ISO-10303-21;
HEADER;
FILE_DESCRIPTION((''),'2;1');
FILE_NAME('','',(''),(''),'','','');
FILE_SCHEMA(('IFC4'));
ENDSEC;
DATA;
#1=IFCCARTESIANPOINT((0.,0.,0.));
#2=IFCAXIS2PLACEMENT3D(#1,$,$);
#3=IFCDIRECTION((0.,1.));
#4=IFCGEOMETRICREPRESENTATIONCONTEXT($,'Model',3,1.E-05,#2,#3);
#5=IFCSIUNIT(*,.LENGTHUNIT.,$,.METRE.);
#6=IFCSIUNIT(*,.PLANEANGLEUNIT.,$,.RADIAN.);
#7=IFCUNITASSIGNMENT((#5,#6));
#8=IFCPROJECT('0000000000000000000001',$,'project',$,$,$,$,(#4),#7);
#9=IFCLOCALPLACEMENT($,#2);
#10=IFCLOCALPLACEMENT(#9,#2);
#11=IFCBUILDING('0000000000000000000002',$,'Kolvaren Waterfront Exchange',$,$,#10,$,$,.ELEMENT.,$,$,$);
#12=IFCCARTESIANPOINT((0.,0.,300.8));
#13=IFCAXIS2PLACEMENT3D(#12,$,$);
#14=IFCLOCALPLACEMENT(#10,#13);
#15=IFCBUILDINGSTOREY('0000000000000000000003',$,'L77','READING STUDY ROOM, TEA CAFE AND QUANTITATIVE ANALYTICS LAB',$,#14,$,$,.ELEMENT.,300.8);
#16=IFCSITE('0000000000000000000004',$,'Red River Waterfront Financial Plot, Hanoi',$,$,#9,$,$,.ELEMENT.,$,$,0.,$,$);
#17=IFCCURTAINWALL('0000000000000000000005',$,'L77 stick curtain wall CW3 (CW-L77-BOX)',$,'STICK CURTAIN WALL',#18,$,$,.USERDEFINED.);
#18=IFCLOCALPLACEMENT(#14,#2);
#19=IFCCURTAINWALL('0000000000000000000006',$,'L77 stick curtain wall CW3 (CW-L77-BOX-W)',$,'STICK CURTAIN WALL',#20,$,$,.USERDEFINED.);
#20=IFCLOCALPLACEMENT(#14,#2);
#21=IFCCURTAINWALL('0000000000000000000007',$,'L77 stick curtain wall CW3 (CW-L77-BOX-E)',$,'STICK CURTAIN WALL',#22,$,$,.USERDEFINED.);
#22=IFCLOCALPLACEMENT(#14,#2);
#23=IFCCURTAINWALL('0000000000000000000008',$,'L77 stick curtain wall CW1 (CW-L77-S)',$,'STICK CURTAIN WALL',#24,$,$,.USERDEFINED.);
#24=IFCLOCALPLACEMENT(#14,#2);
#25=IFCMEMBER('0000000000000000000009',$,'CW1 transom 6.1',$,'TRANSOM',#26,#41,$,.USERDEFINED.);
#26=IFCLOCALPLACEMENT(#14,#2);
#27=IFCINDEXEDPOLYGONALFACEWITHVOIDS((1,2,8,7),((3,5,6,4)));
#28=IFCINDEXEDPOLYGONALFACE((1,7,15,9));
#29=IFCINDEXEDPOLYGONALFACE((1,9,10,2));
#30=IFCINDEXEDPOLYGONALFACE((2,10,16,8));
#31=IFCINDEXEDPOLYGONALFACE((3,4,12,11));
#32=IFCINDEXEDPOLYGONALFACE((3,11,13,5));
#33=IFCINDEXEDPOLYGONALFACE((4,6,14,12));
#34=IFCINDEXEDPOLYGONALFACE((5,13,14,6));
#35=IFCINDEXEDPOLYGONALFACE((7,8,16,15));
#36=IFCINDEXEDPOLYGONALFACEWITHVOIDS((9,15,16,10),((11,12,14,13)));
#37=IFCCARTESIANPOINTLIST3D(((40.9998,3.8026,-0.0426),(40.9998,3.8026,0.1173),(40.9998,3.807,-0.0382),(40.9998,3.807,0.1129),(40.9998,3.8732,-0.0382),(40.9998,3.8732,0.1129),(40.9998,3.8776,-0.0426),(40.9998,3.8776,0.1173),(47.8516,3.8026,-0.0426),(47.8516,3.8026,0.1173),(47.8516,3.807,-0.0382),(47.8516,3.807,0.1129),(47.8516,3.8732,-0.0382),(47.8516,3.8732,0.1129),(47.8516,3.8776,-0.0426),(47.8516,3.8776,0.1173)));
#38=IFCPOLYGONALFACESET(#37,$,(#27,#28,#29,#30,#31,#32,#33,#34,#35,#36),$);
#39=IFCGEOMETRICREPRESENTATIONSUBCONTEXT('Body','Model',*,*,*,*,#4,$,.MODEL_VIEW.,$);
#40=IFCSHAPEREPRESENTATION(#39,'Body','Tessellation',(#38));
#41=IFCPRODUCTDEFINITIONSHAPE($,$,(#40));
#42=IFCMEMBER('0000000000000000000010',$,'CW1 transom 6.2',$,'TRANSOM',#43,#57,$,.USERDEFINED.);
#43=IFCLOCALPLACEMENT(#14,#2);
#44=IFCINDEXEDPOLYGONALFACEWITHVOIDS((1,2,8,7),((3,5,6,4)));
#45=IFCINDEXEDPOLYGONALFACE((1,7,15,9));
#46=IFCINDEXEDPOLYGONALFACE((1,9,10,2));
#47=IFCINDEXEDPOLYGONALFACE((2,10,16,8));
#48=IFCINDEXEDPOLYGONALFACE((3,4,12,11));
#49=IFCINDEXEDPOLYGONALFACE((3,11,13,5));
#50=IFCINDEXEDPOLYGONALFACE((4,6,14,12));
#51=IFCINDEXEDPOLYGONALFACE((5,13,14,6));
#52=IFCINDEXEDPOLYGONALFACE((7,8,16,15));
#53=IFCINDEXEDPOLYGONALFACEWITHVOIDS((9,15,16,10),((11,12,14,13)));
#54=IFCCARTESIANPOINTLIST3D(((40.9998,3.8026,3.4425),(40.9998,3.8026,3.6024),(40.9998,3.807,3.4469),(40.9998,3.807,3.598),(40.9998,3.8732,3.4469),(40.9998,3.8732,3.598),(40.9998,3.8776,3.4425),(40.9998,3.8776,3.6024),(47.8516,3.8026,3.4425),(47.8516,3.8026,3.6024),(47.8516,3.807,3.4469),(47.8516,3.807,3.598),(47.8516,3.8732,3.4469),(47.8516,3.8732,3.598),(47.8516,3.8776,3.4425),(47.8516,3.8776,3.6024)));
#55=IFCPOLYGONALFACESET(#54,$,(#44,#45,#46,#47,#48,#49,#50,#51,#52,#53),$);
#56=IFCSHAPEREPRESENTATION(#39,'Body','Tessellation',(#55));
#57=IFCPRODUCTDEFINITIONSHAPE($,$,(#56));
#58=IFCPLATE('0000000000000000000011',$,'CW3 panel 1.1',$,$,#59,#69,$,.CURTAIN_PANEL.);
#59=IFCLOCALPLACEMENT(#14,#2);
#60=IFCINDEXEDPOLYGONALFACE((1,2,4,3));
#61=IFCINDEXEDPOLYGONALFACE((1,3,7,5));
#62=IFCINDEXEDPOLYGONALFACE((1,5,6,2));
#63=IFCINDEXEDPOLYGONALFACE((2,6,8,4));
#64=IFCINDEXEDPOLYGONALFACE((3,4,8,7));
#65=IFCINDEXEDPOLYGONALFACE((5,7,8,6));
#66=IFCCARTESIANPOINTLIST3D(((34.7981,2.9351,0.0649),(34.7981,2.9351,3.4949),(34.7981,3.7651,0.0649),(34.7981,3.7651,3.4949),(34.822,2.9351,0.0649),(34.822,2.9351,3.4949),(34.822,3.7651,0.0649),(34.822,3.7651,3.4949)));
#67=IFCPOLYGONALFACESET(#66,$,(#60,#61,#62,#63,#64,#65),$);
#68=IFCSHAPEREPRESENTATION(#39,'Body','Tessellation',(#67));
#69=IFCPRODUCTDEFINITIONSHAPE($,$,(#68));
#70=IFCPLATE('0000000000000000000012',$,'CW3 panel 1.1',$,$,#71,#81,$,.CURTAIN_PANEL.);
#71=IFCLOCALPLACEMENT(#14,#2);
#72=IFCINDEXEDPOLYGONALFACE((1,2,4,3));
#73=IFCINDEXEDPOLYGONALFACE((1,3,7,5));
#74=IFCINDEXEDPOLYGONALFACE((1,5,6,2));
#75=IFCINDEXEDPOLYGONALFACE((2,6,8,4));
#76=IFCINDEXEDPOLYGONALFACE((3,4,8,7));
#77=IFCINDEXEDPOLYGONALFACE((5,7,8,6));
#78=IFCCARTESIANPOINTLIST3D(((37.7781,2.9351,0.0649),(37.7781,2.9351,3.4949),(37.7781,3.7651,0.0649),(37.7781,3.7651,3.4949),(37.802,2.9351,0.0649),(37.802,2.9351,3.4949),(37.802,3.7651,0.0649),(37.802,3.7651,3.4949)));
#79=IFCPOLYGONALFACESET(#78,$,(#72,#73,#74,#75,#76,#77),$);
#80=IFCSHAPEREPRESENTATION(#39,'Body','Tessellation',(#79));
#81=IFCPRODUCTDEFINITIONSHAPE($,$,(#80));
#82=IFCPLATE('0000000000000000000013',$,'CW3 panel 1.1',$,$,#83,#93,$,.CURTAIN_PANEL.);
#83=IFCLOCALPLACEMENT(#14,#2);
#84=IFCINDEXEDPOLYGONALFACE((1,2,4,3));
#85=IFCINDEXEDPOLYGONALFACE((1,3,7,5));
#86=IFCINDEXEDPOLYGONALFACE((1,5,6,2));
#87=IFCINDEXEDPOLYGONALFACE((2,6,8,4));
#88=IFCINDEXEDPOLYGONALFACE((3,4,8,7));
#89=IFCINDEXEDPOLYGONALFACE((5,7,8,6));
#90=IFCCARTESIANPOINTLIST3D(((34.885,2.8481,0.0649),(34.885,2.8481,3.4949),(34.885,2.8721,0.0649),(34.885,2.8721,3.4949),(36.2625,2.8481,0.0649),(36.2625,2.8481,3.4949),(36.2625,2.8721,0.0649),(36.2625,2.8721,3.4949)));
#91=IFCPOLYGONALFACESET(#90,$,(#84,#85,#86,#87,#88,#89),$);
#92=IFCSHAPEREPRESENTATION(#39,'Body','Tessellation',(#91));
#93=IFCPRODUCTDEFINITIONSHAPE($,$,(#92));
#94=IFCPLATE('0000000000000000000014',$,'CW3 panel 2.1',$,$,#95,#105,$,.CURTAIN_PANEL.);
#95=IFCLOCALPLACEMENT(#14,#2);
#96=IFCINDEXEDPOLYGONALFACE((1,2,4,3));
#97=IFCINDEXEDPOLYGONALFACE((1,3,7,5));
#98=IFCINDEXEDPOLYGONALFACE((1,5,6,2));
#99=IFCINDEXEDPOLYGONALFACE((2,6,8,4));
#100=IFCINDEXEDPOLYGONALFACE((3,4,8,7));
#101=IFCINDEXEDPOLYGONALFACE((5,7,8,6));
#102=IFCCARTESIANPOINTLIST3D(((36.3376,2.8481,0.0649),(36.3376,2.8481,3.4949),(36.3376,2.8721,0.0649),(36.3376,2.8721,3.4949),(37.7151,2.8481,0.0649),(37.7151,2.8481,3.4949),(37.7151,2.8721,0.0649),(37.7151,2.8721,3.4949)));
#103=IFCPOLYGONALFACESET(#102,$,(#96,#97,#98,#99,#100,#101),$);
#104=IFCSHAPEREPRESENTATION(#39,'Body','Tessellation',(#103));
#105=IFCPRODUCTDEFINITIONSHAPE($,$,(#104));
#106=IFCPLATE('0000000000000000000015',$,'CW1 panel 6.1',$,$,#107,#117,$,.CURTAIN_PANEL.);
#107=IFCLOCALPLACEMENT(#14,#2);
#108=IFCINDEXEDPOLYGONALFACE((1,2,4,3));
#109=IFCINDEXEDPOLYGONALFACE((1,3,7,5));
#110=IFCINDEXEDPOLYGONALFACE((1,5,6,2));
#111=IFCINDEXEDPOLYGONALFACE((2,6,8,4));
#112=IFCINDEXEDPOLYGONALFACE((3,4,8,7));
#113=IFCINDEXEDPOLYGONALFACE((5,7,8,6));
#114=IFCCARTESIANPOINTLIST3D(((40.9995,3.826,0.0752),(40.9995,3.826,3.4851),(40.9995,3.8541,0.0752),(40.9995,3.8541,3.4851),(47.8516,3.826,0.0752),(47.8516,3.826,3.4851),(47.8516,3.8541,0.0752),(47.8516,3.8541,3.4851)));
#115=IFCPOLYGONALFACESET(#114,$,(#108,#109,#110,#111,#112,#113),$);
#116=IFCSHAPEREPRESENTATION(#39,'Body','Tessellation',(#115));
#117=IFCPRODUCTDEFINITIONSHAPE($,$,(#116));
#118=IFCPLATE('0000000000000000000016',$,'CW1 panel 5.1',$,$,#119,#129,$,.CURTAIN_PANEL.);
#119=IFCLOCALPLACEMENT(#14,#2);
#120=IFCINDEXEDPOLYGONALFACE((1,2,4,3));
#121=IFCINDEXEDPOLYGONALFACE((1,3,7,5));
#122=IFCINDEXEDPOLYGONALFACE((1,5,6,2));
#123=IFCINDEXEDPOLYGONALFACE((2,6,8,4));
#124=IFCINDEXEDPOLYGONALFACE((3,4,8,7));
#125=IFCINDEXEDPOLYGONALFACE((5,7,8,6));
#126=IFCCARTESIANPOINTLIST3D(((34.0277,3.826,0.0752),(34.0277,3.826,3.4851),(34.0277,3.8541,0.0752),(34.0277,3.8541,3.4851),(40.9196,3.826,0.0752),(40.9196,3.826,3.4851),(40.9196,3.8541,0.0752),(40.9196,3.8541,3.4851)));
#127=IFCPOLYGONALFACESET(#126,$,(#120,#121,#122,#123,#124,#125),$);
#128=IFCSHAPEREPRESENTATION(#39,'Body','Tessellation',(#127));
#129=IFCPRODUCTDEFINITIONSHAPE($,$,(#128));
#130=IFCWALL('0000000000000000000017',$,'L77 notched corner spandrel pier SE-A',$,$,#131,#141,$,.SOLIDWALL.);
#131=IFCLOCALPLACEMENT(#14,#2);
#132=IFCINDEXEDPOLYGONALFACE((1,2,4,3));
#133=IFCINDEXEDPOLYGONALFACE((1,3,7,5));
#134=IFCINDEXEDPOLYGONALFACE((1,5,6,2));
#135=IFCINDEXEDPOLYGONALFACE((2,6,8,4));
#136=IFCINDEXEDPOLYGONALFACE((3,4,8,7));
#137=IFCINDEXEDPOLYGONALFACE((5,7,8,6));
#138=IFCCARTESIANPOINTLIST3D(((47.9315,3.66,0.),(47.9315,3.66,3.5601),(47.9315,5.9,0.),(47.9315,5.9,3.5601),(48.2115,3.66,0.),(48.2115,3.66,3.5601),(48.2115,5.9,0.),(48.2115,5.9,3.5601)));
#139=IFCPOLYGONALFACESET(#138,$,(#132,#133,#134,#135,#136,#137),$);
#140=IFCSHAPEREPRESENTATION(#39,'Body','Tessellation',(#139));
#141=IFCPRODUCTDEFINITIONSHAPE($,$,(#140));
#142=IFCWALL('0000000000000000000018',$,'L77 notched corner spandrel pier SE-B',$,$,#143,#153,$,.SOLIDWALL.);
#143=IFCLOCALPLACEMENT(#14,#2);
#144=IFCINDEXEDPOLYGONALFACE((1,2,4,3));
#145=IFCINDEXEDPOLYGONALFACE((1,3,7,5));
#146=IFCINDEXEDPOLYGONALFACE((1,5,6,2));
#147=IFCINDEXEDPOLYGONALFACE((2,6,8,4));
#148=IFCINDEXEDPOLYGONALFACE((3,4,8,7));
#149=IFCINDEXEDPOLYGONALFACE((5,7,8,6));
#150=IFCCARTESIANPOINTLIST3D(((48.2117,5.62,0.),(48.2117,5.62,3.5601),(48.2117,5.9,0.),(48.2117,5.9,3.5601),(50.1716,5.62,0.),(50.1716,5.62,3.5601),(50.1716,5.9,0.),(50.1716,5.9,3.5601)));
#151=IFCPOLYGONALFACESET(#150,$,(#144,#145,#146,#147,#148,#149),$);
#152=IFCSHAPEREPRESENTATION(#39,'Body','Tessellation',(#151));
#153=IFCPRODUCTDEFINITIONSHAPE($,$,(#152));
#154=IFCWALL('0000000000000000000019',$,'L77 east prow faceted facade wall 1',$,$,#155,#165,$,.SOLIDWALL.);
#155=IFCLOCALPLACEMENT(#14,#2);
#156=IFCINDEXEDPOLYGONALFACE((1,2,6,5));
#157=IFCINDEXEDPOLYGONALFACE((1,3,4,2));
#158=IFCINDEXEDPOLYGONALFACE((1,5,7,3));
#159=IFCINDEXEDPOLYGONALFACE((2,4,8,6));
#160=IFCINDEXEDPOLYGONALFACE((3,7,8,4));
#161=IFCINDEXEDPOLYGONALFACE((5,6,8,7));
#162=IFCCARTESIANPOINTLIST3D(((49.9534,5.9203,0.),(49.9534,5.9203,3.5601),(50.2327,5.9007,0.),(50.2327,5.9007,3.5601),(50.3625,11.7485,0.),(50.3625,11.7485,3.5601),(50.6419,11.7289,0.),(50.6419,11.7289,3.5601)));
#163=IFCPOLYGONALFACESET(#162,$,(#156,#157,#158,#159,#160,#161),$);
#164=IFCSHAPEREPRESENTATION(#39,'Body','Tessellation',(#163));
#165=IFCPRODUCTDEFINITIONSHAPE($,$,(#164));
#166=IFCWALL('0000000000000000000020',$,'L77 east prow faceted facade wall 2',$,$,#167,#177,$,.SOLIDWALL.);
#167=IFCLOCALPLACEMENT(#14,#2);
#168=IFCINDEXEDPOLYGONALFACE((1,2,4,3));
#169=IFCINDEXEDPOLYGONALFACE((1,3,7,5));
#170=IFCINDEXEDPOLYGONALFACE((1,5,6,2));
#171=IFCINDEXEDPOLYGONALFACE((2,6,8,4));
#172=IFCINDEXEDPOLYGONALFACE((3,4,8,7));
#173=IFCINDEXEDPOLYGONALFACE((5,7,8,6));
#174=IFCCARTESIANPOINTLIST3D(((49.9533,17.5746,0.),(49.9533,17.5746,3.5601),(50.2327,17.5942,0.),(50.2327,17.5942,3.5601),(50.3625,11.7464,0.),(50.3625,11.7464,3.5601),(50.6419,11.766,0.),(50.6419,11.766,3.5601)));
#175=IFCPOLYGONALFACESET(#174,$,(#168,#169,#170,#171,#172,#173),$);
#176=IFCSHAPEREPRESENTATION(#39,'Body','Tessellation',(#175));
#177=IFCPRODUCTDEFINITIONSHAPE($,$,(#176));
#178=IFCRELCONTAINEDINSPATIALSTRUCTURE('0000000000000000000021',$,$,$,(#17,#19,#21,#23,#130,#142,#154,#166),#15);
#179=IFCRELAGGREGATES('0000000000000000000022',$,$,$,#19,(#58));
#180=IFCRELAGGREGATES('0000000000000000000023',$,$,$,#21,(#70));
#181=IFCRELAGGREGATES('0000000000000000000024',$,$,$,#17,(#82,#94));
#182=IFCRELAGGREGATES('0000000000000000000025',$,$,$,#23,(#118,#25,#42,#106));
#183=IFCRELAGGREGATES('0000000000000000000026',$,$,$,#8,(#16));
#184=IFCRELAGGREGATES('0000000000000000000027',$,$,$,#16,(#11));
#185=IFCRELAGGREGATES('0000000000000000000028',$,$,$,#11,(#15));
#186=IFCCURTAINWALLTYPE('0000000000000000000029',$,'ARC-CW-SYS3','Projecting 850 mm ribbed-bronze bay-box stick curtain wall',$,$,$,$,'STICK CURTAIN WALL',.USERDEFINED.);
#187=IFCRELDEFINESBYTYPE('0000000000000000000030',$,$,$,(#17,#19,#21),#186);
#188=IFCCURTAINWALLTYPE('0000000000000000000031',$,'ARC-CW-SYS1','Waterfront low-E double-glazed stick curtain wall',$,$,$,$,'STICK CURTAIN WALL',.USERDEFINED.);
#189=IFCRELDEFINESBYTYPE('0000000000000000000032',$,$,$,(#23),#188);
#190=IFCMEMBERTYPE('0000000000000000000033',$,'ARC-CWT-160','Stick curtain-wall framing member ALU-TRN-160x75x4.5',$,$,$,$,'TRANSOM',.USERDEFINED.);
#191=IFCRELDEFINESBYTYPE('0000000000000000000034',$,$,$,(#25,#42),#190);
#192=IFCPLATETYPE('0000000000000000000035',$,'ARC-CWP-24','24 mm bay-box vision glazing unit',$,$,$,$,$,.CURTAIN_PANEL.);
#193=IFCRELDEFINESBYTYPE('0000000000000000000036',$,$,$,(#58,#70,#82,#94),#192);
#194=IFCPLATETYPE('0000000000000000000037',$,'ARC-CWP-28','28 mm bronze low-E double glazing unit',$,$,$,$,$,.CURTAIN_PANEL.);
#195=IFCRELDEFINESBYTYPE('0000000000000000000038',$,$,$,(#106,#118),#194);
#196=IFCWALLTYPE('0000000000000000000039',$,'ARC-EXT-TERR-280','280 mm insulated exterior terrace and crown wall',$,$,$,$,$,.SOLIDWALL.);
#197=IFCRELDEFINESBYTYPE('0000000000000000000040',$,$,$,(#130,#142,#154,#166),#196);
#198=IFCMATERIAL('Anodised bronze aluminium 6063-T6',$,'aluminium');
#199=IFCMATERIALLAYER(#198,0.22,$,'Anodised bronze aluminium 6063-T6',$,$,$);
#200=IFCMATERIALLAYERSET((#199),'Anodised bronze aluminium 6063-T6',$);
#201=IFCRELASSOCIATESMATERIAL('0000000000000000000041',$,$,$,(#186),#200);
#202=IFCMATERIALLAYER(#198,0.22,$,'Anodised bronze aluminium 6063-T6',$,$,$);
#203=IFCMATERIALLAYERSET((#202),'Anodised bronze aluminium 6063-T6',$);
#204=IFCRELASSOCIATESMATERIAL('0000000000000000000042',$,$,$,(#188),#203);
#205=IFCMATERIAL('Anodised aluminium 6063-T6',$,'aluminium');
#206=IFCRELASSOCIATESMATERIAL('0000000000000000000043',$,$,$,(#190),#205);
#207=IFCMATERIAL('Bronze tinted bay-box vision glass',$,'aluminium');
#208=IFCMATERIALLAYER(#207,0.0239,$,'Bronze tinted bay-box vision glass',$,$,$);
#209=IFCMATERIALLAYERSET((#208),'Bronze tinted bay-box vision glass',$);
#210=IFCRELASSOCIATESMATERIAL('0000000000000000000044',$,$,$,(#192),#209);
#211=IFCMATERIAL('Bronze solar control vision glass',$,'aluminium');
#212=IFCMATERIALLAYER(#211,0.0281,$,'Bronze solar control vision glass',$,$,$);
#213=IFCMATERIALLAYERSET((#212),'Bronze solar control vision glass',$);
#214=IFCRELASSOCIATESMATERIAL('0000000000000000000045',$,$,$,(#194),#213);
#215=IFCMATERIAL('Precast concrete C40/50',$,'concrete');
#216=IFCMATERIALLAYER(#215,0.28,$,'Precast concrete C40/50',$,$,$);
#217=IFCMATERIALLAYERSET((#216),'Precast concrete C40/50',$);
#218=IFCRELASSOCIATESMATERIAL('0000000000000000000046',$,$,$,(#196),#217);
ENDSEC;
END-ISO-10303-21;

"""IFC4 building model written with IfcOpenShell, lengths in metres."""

from ifc_helpers import new_model, si_unit, direction, frame, frame_2d, origin, origin_with_axes, origin_2d, place, context, subcontext, project, spatial, rectangle, hollow_rectangle, extrude, source, transform, mapped, material, layer, layer_set, material_profile, profile_set, type_object, element, aggregate, save


model = new_model("IFC4")

# Units and contexts
model_context = context("Model", 3, precision=1e-05, world=origin(), true_north=direction((0.0, 1.0)))
body_context = subcontext(model_context, "Body", "Model", "MODEL_VIEW")
ifc_project = project(units=[si_unit("LENGTHUNIT", "METRE"), si_unit("PLANEANGLEUNIT", "RADIAN")], contexts=[model_context])

# Site, building, storey
site_placement = place(None, origin())
site = spatial("IfcSite", under=ifc_project, at=site_placement, Name="Red River Waterfront Financial Plot, Hanoi", CompositionType="ELEMENT", RefElevation=0.0)
building_placement = place(site_placement, origin())
building = spatial("IfcBuilding", under=site, at=building_placement, Name="Kolvaren Waterfront Exchange", CompositionType="ELEMENT")
storey_placement = place(building_placement, frame((0.0, 0.0, 300.8)))
storey = spatial("IfcBuildingStorey", under=building, at=storey_placement, Name="L77", Description="READING STUDY ROOM, TEA CAFE AND QUANTITATIVE ANALYTICS LAB", CompositionType="ELEMENT", Elevation=300.8)

# Curtain walls
ifc_material_1 = material(Name="Anodised bronze aluminium 6063-T6", Category="aluminium")
ifc_layer_1 = layer(ifc_material_1, 0.22, Name="Anodised bronze aluminium 6063-T6")
ifc_layer_set_1 = layer_set([ifc_layer_1], Name="Anodised bronze aluminium 6063-T6")
curtain_wall_type_1 = type_object("IfcCurtainWallType", Name="ARC-CW-SYS3", Description="Projecting 850 mm ribbed-bronze bay-box stick curtain wall", ElementType="STICK CURTAIN WALL", PredefinedType="USERDEFINED", material=ifc_layer_set_1)
curtain_wall_1_placement = place(storey_placement, origin())
curtain_wall_1 = element("IfcCurtainWall", 1, at=curtain_wall_1_placement, inside=storey, type_object=curtain_wall_type_1, Name="L77 stick curtain wall CW3 (CW-L77-BOX)", ObjectType="STICK CURTAIN WALL", PredefinedType="USERDEFINED")
curtain_wall_2_placement = place(storey_placement, origin())
curtain_wall_2 = element("IfcCurtainWall", 2, at=curtain_wall_2_placement, inside=storey, type_object=curtain_wall_type_1, Name="L77 stick curtain wall CW3 (CW-L77-BOX-W)", ObjectType="STICK CURTAIN WALL", PredefinedType="USERDEFINED")
curtain_wall_3_placement = place(storey_placement, origin())
curtain_wall_3 = element("IfcCurtainWall", 3, at=curtain_wall_3_placement, inside=storey, type_object=curtain_wall_type_1, Name="L77 stick curtain wall CW3 (CW-L77-BOX-E)", ObjectType="STICK CURTAIN WALL", PredefinedType="USERDEFINED")

# Curtain wall, members
ifc_layer_2 = layer(ifc_material_1, 0.22, Name="Anodised bronze aluminium 6063-T6")
ifc_layer_set_2 = layer_set([ifc_layer_2], Name="Anodised bronze aluminium 6063-T6")
curtain_wall_type_2 = type_object("IfcCurtainWallType", Name="ARC-CW-SYS1", Description="Waterfront low-E double-glazed stick curtain wall", ElementType="STICK CURTAIN WALL", PredefinedType="USERDEFINED", material=ifc_layer_set_2)
curtain_wall_4_placement = place(storey_placement, origin())
curtain_wall_4 = element("IfcCurtainWall", 4, at=curtain_wall_4_placement, inside=storey, type_object=curtain_wall_type_2, Name="L77 stick curtain wall CW1 (CW-L77-S)", ObjectType="STICK CURTAIN WALL", PredefinedType="USERDEFINED")
ifc_material_2 = material(Name="Anodised aluminium 6063-T6", Category="aluminium")
ifc_material_profile_1 = material_profile(ifc_material_2, hollow_rectangle(XDim=0.075, YDim=0.1599, WallThickness=0.0044, at=origin_2d()), Name="ALU-TRN-160x75x4.5")
ifc_profile_set_1 = profile_set([ifc_material_profile_1], Name="Anodised aluminium 6063-T6")
member_type_1 = type_object("IfcMemberType", Name="ARC-CWT-160", Description="Stick curtain-wall framing member ALU-TRN-160x75x4.5", ElementType="TRANSOM", PredefinedType="USERDEFINED", material=ifc_profile_set_1)
shared_shape_1 = source(origin_with_axes(), body_context, "Body", "SweptSolid", [
    extrude(hollow_rectangle(XDim=0.075, YDim=0.1599, WallThickness=0.0044, at=origin_2d()), origin(), (0.0, 0.0, 1.0), 6.8518),
])
member_1_placement = place(storey_placement, frame((40.9998, 3.8401, 0.0374), z_axis=(1.0, 0.0, 0.0), x_axis=(0.0, 1.0, 0.0)))
member_1 = element("IfcMember", 5, at=member_1_placement, type_object=member_type_1, Name="CW1 transom 6.1", ObjectType="TRANSOM", PredefinedType="USERDEFINED", context=body_context, shape_type="MappedRepresentation", body=[
    mapped(shared_shape_1, transform((0.0, 0.0, 0.0), x_axis=(1.0, 0.0, 0.0), y_axis=(0.0, 1.0, 0.0), z_axis=(0.0, 0.0, 1.0), scale=1.0)),
])
member_2_placement = place(storey_placement, frame((40.9998, 3.8401, 3.5225), z_axis=(1.0, 0.0, 0.0), x_axis=(0.0, 1.0, 0.0)))
member_2 = element("IfcMember", 6, at=member_2_placement, type_object=member_type_1, Name="CW1 transom 6.2", ObjectType="TRANSOM", PredefinedType="USERDEFINED", context=body_context, shape_type="MappedRepresentation", body=[
    mapped(shared_shape_1, transform((0.0, 0.0, 0.0), x_axis=(1.0, 0.0, 0.0), y_axis=(0.0, 1.0, 0.0), z_axis=(0.0, 0.0, 1.0), scale=1.0)),
])

# Plates
ifc_material_3 = material(Name="Bronze tinted bay-box vision glass", Category="aluminium")
ifc_layer_3 = layer(ifc_material_3, 0.0239, Name="Bronze tinted bay-box vision glass")
ifc_layer_set_3 = layer_set([ifc_layer_3], Name="Bronze tinted bay-box vision glass")
plate_type_1 = type_object("IfcPlateType", Name="ARC-CWP-24", Description="24 mm bay-box vision glazing unit", PredefinedType="CURTAIN_PANEL", material=ifc_layer_set_3)
shared_shape_2 = source(origin_with_axes(), body_context, "Body", "SweptSolid", [
    extrude(rectangle(XDim=0.8301, YDim=0.0239, at=origin_2d()), origin(), (0.0, 0.0, 1.0), 3.4299),
])
plate_1_placement = place(storey_placement, frame((34.8101, 3.3501, 0.0649), z_axis=(0.0, 0.0, 1.0), x_axis=(0.0, -1.0, 0.0)))
plate_1 = element("IfcPlate", 7, at=plate_1_placement, type_object=plate_type_1, Name="CW3 panel 1.1", PredefinedType="CURTAIN_PANEL", context=body_context, shape_type="MappedRepresentation", body=[
    mapped(shared_shape_2, transform((0.0, 0.0, 0.0), x_axis=(1.0, 0.0, 0.0), y_axis=(0.0, 1.0, 0.0), z_axis=(0.0, 0.0, 1.0), scale=1.0)),
])
aggregate(curtain_wall_2, [plate_1])
plate_2_placement = place(storey_placement, frame((37.79, 3.3501, 0.0649), z_axis=(0.0, 0.0, 1.0), x_axis=(0.0, 1.0, 0.0)))
plate_2 = element("IfcPlate", 8, at=plate_2_placement, type_object=plate_type_1, Name="CW3 panel 1.1", PredefinedType="CURTAIN_PANEL", context=body_context, shape_type="MappedRepresentation", body=[
    mapped(shared_shape_2, transform((0.0, 0.0, 0.0), x_axis=(1.0, 0.0, 0.0), y_axis=(0.0, 1.0, 0.0), z_axis=(0.0, 0.0, 1.0), scale=1.0)),
])
aggregate(curtain_wall_3, [plate_2])
shared_shape_3 = source(origin_with_axes(), body_context, "Body", "SweptSolid", [
    extrude(rectangle(XDim=1.3774, YDim=0.0239, at=origin_2d()), origin(), (0.0, 0.0, 1.0), 3.4299),
])
plate_3_placement = place(storey_placement, frame((35.5737, 2.8601, 0.0649), z_axis=(0.0, 0.0, 1.0), x_axis=(1.0, 0.0, 0.0)))
plate_3 = element("IfcPlate", 9, at=plate_3_placement, type_object=plate_type_1, Name="CW3 panel 1.1", PredefinedType="CURTAIN_PANEL", context=body_context, shape_type="MappedRepresentation", body=[
    mapped(shared_shape_3, transform((0.0, 0.0, 0.0), x_axis=(1.0, 0.0, 0.0), y_axis=(0.0, 1.0, 0.0), z_axis=(0.0, 0.0, 1.0), scale=1.0)),
])
plate_4_placement = place(storey_placement, frame((37.0264, 2.8601, 0.0649), z_axis=(0.0, 0.0, 1.0), x_axis=(1.0, 0.0, 0.0)))
plate_4 = element("IfcPlate", 10, at=plate_4_placement, type_object=plate_type_1, Name="CW3 panel 2.1", PredefinedType="CURTAIN_PANEL", context=body_context, shape_type="MappedRepresentation", body=[
    mapped(shared_shape_3, transform((0.0, 0.0, 0.0), x_axis=(1.0, 0.0, 0.0), y_axis=(0.0, 1.0, 0.0), z_axis=(0.0, 0.0, 1.0), scale=1.0)),
])
aggregate(curtain_wall_1, [plate_3, plate_4])
ifc_material_4 = material(Name="Bronze solar control vision glass", Category="aluminium")
ifc_layer_4 = layer(ifc_material_4, 0.0281, Name="Bronze solar control vision glass")
ifc_layer_set_4 = layer_set([ifc_layer_4], Name="Bronze solar control vision glass")
plate_type_2 = type_object("IfcPlateType", Name="ARC-CWP-28", Description="28 mm bronze low-E double glazing unit", PredefinedType="CURTAIN_PANEL", material=ifc_layer_set_4)
shared_shape_4 = source(origin_with_axes(), body_context, "Body", "SweptSolid", [
    extrude(rectangle(XDim=6.8521, YDim=0.0281, at=origin_2d()), origin(), (0.0, 0.0, 1.0), 3.4099),
])
plate_5_placement = place(storey_placement, frame((44.4255, 3.8401, 0.0752), z_axis=(0.0, 0.0, 1.0), x_axis=(1.0, 0.0, 0.0)))
plate_5 = element("IfcPlate", 11, at=plate_5_placement, type_object=plate_type_2, Name="CW1 panel 6.1", PredefinedType="CURTAIN_PANEL", context=body_context, shape_type="MappedRepresentation", body=[
    mapped(shared_shape_4, transform((0.0, 0.0, 0.0), x_axis=(1.0, 0.0, 0.0), y_axis=(0.0, 1.0, 0.0), z_axis=(0.0, 0.0, 1.0), scale=1.0)),
])
shared_shape_5 = source(origin_with_axes(), body_context, "Body", "SweptSolid", [
    extrude(rectangle(XDim=6.8918, YDim=0.0281, at=origin_2d()), origin(), (0.0, 0.0, 1.0), 3.4099),
])
plate_6_placement = place(storey_placement, frame((37.4736, 3.8401, 0.0752), z_axis=(0.0, 0.0, 1.0), x_axis=(1.0, 0.0, 0.0)))
plate_6 = element("IfcPlate", 12, at=plate_6_placement, type_object=plate_type_2, Name="CW1 panel 5.1", PredefinedType="CURTAIN_PANEL", context=body_context, shape_type="MappedRepresentation", body=[
    mapped(shared_shape_5, transform((0.0, 0.0, 0.0), x_axis=(1.0, 0.0, 0.0), y_axis=(0.0, 1.0, 0.0), z_axis=(0.0, 0.0, 1.0), scale=1.0)),
])
aggregate(curtain_wall_4, [plate_6, member_1, member_2, plate_5])

# Walls
ifc_material_5 = material(Name="Precast concrete C40/50", Category="concrete")
ifc_layer_5 = layer(ifc_material_5, 0.28, Name="Precast concrete C40/50")
ifc_layer_set_5 = layer_set([ifc_layer_5], Name="Precast concrete C40/50")
wall_type = type_object("IfcWallType", Name="ARC-EXT-TERR-280", Description="280 mm insulated exterior terrace and crown wall", PredefinedType="SOLIDWALL", material=ifc_layer_set_5)
wall_1_placement = place(storey_placement, frame((48.0715, 3.6599, 0.0), z_axis=(0.0, 0.0, 1.0), x_axis=(0.0, 1.0, 0.0)))
element("IfcWall", 13, at=wall_1_placement, inside=storey, type_object=wall_type, Name="L77 notched corner spandrel pier SE-A", PredefinedType="SOLIDWALL", context=body_context, shape_type="SweptSolid", body=[
    extrude(rectangle(XDim=2.24, YDim=0.28, at=frame_2d((1.1201, 0.0))), origin(), (0.0, 0.0, 1.0), 3.5601),
])
wall_2_placement = place(storey_placement, frame((48.2117, 5.76, 0.0), z_axis=(0.0, 0.0, 1.0), x_axis=(1.0, 0.0, 0.0)))
element("IfcWall", 14, at=wall_2_placement, inside=storey, type_object=wall_type, Name="L77 notched corner spandrel pier SE-B", PredefinedType="SOLIDWALL", context=body_context, shape_type="SweptSolid", body=[
    extrude(rectangle(XDim=1.96, YDim=0.28, at=frame_2d((0.98, 0.0))), origin(), (0.0, 0.0, 1.0), 3.5601),
])
for number, where, z_axis, x_axis, name in (
    (15, (50.093, 5.9104, 0.0), (0.0, 0.0, 1.0), (0.070035, 0.997545, 0.0), "L77 east prow faceted facade wall 1"),
    (16, (50.5022, 11.7561, 0.0), (0.0, 0.0, 1.0), (-0.070035, 0.997545, 0.0), "L77 east prow faceted facade wall 2"),
):
    element("IfcWall", number, at=place(storey_placement, frame(where, z_axis=z_axis, x_axis=x_axis)), inside=storey, type_object=wall_type, Name=name, PredefinedType="SOLIDWALL", context=body_context, shape_type="SweptSolid", body=[
        extrude(rectangle(XDim=5.8425, YDim=0.28, at=frame_2d((2.9214, 0.0))), origin(), (0.0, 0.0, 1.0), 3.5601),
    ])

save(model, "model.ifc")
